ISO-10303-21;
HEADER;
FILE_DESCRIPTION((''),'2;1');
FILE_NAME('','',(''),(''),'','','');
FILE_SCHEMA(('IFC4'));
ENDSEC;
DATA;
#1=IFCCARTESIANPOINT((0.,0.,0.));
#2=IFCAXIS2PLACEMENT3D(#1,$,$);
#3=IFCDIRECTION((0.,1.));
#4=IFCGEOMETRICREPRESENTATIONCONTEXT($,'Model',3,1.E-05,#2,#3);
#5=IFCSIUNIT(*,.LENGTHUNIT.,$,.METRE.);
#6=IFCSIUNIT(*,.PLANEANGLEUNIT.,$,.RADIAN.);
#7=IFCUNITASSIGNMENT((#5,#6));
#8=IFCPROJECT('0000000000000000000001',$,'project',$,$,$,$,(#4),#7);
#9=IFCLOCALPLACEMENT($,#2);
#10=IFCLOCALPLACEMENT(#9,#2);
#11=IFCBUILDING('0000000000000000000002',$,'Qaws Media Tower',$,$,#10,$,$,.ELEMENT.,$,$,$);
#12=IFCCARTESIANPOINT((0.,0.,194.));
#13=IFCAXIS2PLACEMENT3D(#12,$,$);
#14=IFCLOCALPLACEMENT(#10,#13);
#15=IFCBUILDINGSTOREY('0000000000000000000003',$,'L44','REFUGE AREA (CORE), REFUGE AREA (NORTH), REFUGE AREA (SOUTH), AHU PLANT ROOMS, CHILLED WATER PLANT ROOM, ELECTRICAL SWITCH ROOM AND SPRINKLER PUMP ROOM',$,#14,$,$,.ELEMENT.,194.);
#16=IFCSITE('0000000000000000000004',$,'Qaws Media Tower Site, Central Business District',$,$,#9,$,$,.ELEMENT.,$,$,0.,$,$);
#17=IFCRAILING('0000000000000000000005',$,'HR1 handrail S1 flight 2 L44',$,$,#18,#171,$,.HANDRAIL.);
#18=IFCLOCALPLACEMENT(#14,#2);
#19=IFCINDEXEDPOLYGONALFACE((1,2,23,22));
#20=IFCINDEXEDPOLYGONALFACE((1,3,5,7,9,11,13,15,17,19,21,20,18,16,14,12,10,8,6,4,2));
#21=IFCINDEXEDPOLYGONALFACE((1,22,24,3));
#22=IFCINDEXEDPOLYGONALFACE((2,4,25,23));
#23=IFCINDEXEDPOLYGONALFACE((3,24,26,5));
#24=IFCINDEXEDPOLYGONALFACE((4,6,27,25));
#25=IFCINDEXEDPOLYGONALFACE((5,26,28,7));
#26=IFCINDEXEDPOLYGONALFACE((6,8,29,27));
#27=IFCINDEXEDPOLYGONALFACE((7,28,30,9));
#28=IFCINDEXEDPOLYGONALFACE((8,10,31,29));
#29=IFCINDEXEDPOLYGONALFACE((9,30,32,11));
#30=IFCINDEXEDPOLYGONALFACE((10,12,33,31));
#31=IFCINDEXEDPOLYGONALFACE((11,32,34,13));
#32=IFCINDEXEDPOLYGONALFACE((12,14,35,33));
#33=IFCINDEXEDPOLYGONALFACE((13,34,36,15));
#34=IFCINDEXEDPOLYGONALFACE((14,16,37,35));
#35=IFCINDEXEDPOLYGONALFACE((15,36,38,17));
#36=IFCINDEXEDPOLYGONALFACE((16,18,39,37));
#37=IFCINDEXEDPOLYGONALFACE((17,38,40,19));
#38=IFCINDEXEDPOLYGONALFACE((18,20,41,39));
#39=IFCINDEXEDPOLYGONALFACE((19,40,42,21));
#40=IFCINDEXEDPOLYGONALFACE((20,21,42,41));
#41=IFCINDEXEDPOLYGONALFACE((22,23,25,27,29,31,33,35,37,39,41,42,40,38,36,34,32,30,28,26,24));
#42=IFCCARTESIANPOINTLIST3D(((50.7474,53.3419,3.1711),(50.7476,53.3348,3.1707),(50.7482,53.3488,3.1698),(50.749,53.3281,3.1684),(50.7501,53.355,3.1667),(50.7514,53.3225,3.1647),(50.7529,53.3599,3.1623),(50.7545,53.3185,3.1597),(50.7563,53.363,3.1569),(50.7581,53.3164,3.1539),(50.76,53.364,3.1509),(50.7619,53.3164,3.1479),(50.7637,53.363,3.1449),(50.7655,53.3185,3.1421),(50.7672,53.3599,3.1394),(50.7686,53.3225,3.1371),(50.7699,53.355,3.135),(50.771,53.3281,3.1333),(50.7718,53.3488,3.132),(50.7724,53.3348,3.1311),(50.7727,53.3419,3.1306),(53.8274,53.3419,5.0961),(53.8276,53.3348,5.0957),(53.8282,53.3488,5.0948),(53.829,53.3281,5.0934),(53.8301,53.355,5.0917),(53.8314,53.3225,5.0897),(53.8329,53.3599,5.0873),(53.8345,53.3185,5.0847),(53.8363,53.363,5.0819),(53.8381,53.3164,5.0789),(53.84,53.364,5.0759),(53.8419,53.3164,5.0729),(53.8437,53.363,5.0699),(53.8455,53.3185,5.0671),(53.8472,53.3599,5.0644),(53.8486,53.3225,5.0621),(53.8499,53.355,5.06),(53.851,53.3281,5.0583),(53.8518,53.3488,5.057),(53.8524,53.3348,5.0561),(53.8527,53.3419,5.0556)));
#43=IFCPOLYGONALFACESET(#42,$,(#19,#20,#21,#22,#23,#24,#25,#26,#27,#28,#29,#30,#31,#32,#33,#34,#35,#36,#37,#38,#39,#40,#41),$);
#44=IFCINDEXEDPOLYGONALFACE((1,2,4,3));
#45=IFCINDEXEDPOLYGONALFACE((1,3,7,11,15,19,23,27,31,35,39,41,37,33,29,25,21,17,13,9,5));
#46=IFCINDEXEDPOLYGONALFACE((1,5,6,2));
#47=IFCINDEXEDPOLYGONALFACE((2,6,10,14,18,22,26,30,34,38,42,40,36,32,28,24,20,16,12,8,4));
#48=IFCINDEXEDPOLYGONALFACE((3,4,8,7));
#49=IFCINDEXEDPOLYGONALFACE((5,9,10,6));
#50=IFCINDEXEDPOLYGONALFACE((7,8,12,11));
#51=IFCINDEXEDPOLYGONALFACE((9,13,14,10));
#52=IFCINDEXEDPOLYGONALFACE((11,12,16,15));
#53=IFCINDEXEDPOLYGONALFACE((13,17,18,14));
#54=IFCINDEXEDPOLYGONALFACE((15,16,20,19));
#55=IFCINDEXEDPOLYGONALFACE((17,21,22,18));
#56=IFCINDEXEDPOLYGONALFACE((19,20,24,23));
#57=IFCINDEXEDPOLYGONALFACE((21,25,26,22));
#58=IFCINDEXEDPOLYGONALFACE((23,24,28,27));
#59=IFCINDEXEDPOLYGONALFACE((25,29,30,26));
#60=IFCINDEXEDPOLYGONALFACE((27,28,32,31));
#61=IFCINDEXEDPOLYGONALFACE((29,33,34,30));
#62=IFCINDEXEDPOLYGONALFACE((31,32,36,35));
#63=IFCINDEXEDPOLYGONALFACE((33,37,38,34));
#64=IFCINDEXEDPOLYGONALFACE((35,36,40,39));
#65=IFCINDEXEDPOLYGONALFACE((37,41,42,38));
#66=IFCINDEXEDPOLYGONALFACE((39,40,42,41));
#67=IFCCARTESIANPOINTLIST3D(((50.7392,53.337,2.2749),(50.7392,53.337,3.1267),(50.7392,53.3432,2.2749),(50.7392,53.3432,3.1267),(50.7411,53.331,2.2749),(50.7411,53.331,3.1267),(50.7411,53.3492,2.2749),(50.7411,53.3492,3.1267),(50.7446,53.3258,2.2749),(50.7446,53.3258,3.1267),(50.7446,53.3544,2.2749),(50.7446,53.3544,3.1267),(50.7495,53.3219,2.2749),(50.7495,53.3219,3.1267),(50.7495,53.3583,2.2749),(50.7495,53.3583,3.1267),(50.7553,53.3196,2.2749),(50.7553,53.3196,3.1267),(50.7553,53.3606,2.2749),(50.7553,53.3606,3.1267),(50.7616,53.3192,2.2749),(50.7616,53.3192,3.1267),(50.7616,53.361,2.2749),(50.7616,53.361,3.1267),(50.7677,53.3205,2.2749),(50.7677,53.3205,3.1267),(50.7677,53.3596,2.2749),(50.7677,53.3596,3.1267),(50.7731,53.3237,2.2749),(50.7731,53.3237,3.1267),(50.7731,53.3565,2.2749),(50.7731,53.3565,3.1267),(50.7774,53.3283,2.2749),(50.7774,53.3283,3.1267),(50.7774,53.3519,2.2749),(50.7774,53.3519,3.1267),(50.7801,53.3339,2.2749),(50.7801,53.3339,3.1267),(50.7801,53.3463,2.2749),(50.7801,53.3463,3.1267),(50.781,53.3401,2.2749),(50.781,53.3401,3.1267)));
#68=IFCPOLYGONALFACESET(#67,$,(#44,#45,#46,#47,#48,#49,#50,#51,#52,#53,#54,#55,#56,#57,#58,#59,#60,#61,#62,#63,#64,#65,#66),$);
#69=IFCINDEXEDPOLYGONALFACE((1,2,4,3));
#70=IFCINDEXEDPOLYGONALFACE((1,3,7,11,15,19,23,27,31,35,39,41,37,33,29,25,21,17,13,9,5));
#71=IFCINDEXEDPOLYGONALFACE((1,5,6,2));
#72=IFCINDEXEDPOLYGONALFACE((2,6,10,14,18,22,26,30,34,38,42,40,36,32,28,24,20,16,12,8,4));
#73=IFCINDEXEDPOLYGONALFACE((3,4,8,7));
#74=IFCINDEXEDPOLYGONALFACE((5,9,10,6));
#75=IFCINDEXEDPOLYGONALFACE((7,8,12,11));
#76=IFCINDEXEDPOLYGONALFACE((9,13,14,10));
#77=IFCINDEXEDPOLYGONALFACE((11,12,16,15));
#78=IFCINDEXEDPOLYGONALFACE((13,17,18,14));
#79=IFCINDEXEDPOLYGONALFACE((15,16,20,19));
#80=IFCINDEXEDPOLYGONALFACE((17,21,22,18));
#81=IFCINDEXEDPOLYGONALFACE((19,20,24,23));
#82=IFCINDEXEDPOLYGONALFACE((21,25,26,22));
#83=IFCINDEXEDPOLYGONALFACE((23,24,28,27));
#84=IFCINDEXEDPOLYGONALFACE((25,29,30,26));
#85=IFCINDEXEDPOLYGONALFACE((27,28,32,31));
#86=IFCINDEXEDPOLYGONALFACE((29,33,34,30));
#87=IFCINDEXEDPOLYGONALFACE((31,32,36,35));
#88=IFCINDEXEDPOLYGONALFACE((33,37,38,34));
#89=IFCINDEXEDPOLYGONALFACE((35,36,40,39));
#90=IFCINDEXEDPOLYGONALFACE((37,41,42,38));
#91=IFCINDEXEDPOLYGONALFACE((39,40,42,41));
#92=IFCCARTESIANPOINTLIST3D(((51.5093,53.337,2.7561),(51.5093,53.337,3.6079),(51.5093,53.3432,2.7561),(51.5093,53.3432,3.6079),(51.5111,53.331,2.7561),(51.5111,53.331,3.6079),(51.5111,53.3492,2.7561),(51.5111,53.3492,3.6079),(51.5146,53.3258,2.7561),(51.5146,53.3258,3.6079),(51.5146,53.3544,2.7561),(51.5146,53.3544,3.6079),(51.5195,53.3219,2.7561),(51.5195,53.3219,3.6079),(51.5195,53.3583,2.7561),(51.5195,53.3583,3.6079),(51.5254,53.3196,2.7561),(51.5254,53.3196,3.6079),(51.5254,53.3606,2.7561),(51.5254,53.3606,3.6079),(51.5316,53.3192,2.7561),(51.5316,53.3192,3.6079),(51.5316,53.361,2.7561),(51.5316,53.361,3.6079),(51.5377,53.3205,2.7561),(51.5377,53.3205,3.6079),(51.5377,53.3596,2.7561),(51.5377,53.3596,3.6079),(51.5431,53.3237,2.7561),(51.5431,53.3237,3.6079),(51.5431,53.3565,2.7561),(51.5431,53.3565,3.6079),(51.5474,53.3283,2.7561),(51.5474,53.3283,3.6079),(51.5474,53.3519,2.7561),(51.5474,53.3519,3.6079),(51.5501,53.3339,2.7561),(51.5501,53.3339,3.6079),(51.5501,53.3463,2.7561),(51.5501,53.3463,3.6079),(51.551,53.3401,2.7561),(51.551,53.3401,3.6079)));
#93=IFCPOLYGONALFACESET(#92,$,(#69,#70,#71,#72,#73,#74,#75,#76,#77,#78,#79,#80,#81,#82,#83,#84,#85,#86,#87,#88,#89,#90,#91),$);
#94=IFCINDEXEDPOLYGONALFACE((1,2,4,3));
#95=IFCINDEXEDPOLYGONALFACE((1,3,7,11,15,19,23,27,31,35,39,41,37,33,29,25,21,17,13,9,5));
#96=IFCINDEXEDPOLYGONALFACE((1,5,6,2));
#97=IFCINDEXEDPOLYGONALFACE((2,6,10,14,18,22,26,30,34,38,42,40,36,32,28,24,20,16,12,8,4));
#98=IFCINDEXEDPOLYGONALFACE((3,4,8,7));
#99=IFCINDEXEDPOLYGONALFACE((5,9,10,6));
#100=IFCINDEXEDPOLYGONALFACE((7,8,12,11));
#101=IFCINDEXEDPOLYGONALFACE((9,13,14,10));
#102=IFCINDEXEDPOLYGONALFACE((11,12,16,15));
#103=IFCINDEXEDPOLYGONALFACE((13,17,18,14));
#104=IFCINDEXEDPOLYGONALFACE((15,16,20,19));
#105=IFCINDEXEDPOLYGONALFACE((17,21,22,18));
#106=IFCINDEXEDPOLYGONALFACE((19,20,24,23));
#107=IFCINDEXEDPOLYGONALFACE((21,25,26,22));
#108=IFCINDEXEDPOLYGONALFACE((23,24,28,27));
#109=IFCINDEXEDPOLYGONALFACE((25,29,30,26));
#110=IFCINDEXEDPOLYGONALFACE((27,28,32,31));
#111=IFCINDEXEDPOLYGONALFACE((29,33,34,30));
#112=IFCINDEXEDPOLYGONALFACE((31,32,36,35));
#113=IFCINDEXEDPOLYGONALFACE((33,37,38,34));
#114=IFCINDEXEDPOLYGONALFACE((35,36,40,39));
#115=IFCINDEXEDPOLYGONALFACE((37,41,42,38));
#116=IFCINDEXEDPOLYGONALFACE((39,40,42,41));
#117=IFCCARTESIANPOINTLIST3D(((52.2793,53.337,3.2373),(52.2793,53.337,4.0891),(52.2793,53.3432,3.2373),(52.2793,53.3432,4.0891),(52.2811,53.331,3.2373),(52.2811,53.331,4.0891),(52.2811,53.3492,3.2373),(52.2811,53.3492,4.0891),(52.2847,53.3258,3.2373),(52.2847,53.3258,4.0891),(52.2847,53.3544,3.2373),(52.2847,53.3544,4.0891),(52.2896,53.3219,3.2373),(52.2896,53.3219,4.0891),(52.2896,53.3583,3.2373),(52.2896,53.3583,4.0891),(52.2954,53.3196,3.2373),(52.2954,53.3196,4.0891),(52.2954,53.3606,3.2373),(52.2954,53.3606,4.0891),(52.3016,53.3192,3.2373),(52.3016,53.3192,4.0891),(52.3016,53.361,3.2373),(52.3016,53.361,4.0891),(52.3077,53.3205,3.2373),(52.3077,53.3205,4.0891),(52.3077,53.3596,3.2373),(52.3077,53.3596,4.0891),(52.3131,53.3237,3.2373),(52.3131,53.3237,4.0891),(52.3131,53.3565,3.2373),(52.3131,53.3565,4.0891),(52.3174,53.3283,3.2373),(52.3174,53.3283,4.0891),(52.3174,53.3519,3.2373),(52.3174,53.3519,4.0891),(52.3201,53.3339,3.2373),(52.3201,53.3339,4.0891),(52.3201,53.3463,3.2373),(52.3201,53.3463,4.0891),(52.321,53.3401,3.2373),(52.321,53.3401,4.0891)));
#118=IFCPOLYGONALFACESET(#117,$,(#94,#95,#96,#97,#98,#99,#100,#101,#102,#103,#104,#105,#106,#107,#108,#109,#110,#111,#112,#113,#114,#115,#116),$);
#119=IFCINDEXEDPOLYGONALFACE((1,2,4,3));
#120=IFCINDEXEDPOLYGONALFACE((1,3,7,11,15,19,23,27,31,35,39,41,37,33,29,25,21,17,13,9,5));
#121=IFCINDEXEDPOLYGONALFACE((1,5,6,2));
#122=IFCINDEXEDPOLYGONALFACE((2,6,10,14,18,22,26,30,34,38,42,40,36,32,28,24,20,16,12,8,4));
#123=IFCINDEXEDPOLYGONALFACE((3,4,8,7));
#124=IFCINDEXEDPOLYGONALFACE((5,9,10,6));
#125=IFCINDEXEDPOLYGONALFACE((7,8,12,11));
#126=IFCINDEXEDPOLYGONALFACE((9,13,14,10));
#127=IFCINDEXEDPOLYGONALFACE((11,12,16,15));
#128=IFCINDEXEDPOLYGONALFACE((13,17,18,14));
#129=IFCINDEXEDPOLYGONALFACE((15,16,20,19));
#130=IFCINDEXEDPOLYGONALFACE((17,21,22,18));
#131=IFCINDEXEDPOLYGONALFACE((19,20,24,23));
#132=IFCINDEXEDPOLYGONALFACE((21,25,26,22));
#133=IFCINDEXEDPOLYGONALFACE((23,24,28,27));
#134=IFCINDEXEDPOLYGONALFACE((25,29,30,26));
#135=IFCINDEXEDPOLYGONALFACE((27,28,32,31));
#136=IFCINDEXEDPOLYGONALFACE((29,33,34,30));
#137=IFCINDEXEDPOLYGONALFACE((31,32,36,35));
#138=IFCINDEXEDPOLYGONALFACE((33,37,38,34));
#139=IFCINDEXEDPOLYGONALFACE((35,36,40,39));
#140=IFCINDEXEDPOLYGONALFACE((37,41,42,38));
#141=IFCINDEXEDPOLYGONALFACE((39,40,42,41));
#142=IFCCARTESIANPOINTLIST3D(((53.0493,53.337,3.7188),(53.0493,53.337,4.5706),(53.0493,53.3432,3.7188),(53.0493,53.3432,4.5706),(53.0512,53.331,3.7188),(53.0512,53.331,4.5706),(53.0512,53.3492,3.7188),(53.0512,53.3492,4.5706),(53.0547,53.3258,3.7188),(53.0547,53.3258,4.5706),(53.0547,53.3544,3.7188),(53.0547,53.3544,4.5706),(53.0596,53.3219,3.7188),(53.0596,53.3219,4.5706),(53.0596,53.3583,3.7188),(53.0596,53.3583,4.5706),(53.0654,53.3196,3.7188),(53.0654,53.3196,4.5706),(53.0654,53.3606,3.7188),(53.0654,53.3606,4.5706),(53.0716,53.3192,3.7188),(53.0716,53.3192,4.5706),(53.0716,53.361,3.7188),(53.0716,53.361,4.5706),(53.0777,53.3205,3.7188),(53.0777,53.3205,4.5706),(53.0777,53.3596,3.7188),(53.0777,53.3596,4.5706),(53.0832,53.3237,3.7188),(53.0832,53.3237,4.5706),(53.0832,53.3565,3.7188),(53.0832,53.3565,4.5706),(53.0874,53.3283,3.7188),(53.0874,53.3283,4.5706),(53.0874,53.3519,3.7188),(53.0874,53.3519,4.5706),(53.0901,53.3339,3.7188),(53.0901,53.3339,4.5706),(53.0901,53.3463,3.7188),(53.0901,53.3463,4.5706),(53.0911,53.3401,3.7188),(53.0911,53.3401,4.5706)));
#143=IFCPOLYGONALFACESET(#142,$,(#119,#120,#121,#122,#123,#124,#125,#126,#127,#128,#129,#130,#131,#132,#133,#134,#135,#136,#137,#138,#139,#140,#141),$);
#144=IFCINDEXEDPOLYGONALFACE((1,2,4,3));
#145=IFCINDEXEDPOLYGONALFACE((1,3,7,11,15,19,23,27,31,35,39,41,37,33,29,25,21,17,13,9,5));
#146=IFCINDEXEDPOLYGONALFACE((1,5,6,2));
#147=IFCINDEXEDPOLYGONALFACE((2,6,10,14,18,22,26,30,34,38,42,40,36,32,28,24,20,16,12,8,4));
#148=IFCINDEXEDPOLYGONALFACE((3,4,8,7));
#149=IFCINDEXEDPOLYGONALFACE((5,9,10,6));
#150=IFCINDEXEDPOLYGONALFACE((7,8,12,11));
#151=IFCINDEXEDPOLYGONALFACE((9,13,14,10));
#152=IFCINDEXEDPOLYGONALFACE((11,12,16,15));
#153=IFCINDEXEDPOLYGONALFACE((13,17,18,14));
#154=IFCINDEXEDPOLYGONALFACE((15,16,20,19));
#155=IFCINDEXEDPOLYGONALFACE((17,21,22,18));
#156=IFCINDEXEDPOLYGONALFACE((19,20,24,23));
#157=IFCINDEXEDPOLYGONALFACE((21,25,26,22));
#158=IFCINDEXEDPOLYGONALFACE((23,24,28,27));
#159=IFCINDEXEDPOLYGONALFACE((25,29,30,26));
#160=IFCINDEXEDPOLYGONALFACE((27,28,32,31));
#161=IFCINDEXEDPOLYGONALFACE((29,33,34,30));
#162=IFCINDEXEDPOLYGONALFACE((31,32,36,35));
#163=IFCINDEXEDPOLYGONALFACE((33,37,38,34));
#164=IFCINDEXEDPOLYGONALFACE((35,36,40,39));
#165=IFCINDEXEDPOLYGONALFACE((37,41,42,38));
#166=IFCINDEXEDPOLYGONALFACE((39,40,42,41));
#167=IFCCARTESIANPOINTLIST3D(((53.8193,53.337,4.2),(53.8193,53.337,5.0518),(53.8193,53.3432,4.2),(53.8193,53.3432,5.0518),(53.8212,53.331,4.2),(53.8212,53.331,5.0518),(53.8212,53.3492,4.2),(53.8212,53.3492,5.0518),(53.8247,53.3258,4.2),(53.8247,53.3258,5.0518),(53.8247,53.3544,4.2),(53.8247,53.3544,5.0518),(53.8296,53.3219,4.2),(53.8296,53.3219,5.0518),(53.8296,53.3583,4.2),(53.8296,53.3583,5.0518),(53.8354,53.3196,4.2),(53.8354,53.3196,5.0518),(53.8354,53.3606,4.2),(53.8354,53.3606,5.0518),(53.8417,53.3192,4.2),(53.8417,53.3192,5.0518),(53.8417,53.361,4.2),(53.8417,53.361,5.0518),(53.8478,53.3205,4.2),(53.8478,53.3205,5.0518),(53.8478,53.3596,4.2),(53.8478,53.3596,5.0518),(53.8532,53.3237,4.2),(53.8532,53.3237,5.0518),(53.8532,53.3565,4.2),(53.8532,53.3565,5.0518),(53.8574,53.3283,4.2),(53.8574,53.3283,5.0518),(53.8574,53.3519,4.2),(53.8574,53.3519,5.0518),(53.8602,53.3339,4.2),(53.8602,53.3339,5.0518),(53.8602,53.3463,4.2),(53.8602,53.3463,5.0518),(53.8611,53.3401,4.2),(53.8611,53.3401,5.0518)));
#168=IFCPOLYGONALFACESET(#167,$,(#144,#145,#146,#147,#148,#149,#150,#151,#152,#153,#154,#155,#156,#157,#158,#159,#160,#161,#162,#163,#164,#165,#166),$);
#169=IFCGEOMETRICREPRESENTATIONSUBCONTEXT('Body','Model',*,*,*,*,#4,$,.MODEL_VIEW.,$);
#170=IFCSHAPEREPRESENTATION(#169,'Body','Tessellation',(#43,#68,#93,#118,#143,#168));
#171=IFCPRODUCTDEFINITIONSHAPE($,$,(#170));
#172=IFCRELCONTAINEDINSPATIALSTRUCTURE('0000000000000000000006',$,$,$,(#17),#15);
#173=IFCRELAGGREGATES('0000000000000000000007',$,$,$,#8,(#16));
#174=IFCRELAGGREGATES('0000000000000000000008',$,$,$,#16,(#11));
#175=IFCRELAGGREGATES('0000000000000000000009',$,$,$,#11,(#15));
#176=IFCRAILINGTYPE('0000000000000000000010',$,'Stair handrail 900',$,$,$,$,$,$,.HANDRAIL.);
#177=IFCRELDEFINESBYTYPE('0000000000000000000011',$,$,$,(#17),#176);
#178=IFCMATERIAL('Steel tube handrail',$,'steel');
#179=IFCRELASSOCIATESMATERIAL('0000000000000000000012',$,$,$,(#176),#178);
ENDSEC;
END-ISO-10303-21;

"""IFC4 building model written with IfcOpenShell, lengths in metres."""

from ifc_helpers import new_model, si_unit, direction, frame, origin, origin_2d, place, context, subcontext, project, spatial, circle, extrude, material, type_object, element, save


model = new_model("IFC4")

# Units and contexts
model_context = context("Model", 3, precision=1e-05, world=origin(), true_north=direction((0.0, 1.0)))
body_context = subcontext(model_context, "Body", "Model", "MODEL_VIEW")
ifc_project = project(units=[si_unit("LENGTHUNIT", "METRE"), si_unit("PLANEANGLEUNIT", "RADIAN")], contexts=[model_context])

# Site, building, storey
site_placement = place(None, origin())
site = spatial("IfcSite", under=ifc_project, at=site_placement, Name="Qaws Media Tower Site, Central Business District", CompositionType="ELEMENT", RefElevation=0.0)
building_placement = place(site_placement, origin())
building = spatial("IfcBuilding", under=site, at=building_placement, Name="Qaws Media Tower", CompositionType="ELEMENT")
storey_placement = place(building_placement, frame((0.0, 0.0, 194.0)))
storey = spatial("IfcBuildingStorey", under=building, at=storey_placement, Name="L44", Description="REFUGE AREA (CORE), REFUGE AREA (NORTH), REFUGE AREA (SOUTH), AHU PLANT ROOMS, CHILLED WATER PLANT ROOM, ELECTRICAL SWITCH ROOM AND SPRINKLER PUMP ROOM", CompositionType="ELEMENT", Elevation=194.0)

# Railing
ifc_material_1 = material(Name="Steel tube handrail", Category="steel")
railing_type = type_object("IfcRailingType", Name="Stair handrail 900", PredefinedType="HANDRAIL", material=ifc_material_1)
for number, where, name in (
    (1, (50.76, 53.3401, 2.2749), "HR1 handrail S1 flight 2 L44"),
):
    element("IfcRailing", number, at=place(storey_placement, frame(where)), inside=storey, type_object=railing_type, Name=name, PredefinedType="HANDRAIL", context=body_context, shape_type="SweptSolid", body=[
        extrude(circle(Radius=0.0239, at=origin_2d()), frame((0.0, 0.0, 0.876), z_axis=(0.847998, 0.0, 0.529999), x_axis=(0.0, 1.0, 0.0)), (0.0, 0.0, 1.0), 3.6321),
        extrude(circle(Radius=0.021, at=origin_2d()), origin(), (0.0, 0.0, 1.0), 0.8518),
        extrude(circle(Radius=0.021, at=origin_2d()), frame((0.77, 0.0, 0.4812)), (0.0, 0.0, 1.0), 0.8518),
        extrude(circle(Radius=0.021, at=origin_2d()), frame((1.54, 0.0, 0.9624)), (0.0, 0.0, 1.0), 0.8518),
        extrude(circle(Radius=0.021, at=origin_2d()), frame((2.3101, 0.0, 1.4438)), (0.0, 0.0, 1.0), 0.8518),
        extrude(circle(Radius=0.021, at=origin_2d()), frame((3.0801, 0.0, 1.925)), (0.0, 0.0, 1.0), 0.8518),
    ])

save(model, "model.ifc")
